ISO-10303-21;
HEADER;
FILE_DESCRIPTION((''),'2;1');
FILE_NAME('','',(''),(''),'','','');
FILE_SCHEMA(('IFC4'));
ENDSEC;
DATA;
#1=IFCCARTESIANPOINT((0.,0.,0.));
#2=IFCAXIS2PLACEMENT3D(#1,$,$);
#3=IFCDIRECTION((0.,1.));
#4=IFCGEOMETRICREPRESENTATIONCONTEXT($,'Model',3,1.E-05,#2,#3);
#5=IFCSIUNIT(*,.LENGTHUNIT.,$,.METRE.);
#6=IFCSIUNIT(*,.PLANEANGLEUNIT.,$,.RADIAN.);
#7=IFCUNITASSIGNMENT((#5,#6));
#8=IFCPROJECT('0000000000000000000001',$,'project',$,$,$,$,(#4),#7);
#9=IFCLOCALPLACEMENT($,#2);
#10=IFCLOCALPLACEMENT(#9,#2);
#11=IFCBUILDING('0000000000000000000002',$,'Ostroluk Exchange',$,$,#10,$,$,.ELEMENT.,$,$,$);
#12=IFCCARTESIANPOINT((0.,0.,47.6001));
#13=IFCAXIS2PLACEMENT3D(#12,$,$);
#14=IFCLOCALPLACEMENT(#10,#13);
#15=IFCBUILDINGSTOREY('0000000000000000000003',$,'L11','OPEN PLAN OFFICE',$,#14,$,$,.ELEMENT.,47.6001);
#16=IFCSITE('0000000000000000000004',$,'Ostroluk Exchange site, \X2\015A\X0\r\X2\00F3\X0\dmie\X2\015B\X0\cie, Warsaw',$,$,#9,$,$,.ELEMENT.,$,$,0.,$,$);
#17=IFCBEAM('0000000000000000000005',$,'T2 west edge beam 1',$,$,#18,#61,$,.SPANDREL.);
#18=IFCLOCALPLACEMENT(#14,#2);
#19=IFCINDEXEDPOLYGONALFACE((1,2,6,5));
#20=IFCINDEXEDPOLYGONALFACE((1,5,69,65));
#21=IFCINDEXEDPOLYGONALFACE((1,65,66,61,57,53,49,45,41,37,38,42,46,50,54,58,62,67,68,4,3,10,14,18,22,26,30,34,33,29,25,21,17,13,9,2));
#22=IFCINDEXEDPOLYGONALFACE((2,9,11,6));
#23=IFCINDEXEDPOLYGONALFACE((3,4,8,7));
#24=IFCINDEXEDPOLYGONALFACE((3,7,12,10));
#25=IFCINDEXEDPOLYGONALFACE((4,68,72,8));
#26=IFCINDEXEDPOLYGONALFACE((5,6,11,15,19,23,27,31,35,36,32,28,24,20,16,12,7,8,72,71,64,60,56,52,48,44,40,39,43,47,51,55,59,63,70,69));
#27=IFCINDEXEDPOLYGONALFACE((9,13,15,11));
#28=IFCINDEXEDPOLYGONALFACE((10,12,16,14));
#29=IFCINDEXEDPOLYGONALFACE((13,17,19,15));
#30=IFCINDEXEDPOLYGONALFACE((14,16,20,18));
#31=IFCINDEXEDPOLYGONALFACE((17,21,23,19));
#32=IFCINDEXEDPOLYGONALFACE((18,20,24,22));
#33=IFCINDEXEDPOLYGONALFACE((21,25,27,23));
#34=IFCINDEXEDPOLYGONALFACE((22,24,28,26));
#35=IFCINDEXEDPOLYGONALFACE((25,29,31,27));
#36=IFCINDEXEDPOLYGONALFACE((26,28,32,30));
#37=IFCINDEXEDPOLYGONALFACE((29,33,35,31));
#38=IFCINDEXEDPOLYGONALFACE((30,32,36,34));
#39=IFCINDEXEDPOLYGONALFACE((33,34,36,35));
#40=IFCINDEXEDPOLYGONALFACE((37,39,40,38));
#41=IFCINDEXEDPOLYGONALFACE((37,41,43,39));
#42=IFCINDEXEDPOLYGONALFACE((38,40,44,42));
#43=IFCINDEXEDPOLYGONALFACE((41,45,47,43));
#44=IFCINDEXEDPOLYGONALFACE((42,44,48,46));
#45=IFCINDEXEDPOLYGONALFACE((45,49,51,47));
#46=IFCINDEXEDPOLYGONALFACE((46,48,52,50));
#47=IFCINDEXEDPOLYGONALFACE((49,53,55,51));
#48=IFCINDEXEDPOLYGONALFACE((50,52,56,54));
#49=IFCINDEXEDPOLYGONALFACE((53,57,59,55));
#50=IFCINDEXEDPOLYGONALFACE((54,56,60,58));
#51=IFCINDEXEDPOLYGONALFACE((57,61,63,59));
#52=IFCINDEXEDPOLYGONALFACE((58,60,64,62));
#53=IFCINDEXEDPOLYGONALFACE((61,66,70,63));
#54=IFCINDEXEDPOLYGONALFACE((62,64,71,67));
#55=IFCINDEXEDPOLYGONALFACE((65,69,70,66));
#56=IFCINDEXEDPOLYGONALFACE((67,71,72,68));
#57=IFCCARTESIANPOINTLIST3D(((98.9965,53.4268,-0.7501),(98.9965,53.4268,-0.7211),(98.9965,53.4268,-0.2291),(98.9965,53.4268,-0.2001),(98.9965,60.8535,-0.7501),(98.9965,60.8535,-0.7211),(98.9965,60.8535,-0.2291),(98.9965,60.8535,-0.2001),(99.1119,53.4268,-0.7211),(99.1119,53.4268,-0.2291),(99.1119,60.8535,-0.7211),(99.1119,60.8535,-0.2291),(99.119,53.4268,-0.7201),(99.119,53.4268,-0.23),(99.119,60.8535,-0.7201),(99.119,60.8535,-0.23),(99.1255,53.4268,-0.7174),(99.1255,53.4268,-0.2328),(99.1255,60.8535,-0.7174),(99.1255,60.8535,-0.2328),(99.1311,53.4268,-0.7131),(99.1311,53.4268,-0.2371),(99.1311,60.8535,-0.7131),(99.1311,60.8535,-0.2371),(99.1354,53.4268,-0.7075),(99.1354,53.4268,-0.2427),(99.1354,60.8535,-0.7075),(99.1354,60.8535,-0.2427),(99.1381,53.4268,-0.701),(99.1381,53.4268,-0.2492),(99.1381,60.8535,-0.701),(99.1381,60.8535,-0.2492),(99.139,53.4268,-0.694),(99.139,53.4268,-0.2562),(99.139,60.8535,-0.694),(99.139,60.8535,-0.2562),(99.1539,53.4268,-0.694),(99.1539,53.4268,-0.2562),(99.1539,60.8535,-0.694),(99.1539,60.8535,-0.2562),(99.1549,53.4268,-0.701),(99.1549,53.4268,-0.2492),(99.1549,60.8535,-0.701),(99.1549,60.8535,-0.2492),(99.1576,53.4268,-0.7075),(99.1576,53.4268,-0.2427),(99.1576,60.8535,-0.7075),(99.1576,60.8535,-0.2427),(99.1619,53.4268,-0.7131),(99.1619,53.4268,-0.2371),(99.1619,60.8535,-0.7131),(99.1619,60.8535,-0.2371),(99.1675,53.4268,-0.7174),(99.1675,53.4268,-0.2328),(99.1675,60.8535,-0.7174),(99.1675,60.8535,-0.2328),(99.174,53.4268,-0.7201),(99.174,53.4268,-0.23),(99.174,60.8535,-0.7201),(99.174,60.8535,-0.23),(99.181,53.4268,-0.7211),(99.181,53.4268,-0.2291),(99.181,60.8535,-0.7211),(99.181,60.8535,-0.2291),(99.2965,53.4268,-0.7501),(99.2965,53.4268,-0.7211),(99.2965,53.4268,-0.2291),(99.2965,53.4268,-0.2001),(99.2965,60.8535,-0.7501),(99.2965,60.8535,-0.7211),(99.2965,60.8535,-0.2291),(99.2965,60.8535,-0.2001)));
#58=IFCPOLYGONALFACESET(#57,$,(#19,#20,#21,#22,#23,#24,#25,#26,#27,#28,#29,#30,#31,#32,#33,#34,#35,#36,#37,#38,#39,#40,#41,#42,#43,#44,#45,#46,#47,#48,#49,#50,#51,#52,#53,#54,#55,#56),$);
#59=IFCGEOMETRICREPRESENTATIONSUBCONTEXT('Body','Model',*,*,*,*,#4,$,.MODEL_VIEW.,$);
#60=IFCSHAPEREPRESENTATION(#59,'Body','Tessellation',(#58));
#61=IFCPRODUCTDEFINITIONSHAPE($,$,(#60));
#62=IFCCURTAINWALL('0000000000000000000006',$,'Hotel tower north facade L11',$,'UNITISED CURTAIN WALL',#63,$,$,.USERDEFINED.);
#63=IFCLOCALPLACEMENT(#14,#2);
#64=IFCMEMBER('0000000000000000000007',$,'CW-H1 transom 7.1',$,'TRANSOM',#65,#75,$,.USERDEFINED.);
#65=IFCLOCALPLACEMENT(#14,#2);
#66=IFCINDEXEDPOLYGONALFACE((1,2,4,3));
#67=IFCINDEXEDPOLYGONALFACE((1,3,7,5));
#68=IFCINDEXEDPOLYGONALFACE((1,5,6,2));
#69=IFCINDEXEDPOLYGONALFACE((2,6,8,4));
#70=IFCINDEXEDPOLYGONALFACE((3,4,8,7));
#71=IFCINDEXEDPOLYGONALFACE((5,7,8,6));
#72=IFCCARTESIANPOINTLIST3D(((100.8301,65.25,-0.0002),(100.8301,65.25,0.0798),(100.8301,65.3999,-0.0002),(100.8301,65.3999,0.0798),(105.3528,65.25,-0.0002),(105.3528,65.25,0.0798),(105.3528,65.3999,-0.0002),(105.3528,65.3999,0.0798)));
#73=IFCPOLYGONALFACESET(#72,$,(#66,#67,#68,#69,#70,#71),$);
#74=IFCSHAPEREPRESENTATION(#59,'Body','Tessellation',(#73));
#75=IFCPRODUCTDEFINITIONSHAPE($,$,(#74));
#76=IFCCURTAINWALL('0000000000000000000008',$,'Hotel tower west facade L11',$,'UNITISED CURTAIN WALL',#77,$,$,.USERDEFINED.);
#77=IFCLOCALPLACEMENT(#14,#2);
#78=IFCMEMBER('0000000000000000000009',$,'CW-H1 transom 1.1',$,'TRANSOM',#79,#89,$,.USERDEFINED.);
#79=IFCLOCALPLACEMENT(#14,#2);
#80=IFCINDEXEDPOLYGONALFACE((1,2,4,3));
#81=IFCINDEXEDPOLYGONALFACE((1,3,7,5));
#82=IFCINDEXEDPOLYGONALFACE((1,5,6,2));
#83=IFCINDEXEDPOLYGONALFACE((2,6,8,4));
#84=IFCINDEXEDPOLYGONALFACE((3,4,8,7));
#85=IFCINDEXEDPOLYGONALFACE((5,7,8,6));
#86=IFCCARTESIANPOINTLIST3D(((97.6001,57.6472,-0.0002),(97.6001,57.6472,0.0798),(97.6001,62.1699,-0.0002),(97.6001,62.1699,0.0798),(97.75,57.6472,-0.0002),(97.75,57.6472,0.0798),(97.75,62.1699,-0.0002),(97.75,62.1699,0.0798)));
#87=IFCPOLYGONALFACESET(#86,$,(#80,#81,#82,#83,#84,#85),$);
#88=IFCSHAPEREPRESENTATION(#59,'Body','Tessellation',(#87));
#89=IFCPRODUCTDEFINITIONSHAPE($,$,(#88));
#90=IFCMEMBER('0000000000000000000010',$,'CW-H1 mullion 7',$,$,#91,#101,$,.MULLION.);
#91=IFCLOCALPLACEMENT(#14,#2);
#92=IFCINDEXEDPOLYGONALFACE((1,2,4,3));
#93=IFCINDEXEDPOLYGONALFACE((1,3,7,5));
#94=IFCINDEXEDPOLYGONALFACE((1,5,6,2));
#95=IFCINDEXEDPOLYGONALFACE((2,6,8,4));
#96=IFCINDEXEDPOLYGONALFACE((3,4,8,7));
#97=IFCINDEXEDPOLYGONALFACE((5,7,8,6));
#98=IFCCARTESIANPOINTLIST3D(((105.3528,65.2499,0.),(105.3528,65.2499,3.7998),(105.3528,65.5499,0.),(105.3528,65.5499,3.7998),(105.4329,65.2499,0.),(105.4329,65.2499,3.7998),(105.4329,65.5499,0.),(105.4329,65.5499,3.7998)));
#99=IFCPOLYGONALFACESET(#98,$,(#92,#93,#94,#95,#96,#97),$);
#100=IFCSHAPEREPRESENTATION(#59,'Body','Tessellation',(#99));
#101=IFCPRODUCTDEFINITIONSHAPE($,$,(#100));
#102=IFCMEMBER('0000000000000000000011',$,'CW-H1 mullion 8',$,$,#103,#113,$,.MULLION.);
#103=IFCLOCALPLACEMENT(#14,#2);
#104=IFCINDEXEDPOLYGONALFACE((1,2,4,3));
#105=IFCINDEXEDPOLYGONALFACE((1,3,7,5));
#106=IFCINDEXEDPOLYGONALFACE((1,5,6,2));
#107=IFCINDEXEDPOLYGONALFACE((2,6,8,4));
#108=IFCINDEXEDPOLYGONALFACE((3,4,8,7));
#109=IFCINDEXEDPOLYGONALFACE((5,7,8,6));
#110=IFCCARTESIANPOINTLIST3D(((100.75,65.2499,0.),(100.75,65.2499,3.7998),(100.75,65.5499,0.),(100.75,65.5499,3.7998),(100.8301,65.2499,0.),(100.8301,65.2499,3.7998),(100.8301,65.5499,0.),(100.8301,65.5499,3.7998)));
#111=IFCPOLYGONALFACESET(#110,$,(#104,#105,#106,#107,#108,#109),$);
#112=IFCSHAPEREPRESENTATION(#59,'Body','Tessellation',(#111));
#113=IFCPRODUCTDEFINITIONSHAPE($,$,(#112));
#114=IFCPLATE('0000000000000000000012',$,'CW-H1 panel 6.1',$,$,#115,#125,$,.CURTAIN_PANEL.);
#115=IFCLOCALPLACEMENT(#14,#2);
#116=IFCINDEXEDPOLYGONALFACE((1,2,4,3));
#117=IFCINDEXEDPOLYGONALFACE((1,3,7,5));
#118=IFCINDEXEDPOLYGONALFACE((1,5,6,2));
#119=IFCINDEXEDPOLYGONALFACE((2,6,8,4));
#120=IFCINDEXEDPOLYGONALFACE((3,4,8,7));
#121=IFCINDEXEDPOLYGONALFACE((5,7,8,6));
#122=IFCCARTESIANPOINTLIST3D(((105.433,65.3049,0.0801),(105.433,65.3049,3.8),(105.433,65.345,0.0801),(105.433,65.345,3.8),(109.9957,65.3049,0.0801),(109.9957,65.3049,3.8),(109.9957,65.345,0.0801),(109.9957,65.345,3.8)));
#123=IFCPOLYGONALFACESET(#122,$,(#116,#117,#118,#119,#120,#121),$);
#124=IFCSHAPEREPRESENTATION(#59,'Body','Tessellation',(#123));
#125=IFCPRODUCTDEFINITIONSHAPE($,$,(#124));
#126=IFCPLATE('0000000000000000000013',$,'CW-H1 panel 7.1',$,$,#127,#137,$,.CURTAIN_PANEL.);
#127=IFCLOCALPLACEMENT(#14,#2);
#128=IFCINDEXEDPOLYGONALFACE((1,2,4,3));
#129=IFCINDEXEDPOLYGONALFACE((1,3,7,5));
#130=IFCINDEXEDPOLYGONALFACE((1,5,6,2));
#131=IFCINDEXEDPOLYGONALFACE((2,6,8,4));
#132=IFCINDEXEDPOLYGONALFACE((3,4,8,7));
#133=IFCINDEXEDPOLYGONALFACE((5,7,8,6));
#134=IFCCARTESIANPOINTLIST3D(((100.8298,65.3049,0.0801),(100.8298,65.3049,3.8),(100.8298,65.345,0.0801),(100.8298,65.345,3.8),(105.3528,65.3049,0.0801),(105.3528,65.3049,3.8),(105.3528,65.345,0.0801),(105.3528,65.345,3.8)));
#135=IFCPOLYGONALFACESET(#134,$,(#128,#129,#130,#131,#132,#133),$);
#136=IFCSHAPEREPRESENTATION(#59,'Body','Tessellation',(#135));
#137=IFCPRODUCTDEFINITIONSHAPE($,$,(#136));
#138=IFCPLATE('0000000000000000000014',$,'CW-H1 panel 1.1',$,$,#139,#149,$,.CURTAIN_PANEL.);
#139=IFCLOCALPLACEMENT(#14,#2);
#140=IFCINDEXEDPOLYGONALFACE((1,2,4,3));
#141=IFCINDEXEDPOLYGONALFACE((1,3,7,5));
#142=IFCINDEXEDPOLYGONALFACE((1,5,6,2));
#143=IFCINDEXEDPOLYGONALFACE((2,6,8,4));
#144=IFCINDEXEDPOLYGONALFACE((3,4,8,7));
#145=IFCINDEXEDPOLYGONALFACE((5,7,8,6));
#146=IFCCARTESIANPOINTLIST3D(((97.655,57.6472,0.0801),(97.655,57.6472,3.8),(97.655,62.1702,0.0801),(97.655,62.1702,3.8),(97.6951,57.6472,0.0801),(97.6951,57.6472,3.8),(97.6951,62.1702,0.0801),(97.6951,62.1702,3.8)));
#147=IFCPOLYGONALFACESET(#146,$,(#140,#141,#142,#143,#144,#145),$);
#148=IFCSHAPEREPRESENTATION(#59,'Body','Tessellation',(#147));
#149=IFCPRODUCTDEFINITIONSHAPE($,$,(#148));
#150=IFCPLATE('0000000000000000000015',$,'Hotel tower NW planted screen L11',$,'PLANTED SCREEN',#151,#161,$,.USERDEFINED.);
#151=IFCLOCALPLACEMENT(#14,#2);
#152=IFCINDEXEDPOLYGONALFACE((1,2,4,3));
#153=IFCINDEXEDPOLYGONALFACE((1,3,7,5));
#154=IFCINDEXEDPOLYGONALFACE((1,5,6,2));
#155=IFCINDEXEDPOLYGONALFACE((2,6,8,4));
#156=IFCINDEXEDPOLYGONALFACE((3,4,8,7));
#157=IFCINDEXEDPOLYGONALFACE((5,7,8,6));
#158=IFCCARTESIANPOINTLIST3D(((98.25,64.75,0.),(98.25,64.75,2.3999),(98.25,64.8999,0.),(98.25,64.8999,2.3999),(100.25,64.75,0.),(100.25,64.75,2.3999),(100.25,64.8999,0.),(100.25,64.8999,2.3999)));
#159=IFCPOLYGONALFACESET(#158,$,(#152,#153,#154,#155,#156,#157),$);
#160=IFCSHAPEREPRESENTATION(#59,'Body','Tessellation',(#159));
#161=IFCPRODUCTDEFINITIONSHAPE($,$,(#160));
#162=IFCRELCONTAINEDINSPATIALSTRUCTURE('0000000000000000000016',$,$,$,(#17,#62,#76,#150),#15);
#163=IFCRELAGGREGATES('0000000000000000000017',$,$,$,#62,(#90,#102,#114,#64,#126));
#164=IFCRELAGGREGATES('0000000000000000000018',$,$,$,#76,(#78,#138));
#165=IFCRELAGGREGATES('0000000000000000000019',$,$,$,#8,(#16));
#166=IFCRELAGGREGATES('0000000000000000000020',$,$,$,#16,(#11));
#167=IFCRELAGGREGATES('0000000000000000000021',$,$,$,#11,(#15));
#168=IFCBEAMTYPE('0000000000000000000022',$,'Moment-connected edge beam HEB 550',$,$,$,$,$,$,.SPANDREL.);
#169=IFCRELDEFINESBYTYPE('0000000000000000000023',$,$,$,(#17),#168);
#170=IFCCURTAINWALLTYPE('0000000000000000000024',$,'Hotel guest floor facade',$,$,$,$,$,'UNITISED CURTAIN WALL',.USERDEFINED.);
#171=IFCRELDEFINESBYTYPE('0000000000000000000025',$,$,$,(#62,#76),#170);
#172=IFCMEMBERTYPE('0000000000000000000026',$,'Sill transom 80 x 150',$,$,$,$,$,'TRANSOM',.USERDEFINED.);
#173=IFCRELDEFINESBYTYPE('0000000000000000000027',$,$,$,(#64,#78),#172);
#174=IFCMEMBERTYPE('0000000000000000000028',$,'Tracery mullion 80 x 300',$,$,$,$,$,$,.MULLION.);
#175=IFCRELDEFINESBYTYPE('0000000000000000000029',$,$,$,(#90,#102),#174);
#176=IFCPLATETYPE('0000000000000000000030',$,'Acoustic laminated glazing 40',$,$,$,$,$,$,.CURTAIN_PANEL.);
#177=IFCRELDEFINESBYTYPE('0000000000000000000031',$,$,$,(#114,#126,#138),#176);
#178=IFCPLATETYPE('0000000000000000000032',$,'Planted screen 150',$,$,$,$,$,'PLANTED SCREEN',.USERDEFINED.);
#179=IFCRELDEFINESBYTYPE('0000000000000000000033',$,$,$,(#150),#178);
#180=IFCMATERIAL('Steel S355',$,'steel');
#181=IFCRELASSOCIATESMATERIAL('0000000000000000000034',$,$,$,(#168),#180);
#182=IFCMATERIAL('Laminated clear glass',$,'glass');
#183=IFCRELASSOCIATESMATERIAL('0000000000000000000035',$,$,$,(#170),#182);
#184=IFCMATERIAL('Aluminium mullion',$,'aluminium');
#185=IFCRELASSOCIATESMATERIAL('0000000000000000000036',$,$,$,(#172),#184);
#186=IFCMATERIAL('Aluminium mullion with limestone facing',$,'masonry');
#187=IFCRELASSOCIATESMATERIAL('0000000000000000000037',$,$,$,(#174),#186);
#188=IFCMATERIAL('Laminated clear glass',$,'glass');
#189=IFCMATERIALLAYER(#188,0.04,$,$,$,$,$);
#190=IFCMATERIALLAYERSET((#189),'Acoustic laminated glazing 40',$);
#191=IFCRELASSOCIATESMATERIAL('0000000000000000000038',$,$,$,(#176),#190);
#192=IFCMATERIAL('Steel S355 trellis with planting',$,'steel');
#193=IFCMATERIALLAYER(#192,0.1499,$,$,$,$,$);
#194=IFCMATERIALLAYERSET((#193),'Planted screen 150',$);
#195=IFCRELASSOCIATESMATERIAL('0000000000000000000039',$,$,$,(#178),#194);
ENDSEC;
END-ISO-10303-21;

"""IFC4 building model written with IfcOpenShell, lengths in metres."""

from ifc_helpers import new_model, si_unit, direction, frame, origin, origin_2d, place, context, subcontext, project, spatial, rectangle, i_section, extrude, material, layer, layer_set, material_profile, profile_set, type_object, element, aggregate, save


model = new_model("IFC4")

# Units and contexts
model_context = context("Model", 3, precision=1e-05, world=origin(), true_north=direction((0.0, 1.0)))
body_context = subcontext(model_context, "Body", "Model", "MODEL_VIEW")
ifc_project = project(units=[si_unit("LENGTHUNIT", "METRE"), si_unit("PLANEANGLEUNIT", "RADIAN")], contexts=[model_context])

# Site, building, storey
site_placement = place(None, origin())
site = spatial("IfcSite", under=ifc_project, at=site_placement, Name="Ostroluk Exchange site, Śródmieście, Warsaw", CompositionType="ELEMENT", RefElevation=0.0)
building_placement = place(site_placement, origin())
building = spatial("IfcBuilding", under=site, at=building_placement, Name="Ostroluk Exchange", CompositionType="ELEMENT")
storey_placement = place(building_placement, frame((0.0, 0.0, 47.6001)))
storey = spatial("IfcBuildingStorey", under=building, at=storey_placement, Name="L11", Description="OPEN PLAN OFFICE", CompositionType="ELEMENT", Elevation=47.6001)

# Beam
ifc_material_1 = material(Name="Steel S355", Category="steel")
ifc_material_profile_1 = material_profile(ifc_material_1, i_section(OverallWidth=0.3, OverallDepth=0.55, WebThickness=0.0149, FlangeThickness=0.0291, FilletRadius=0.0271, at=origin_2d()), Name="HEB 550")
ifc_profile_set_1 = profile_set([ifc_material_profile_1], Name="Steel S355")
beam_type_1 = type_object("IfcBeamType", Name="Moment-connected edge beam HEB 550", PredefinedType="SPANDREL", material=ifc_profile_set_1)
for number, where, z_axis, x_axis, name in (
    (1, (99.1465, 60.8535, -0.4751), (0.0, -1.0, 0.0), (1.0, 0.0, 0.0), "T2 west edge beam 1"),
):
    element("IfcBeam", number, at=place(storey_placement, frame(where, z_axis=z_axis, x_axis=x_axis)), inside=storey, type_object=beam_type_1, Name=name, PredefinedType="SPANDREL", context=body_context, shape_type="SweptSolid", body=[
        extrude(i_section(OverallWidth=0.3, OverallDepth=0.55, WebThickness=0.0149, FlangeThickness=0.0291, FilletRadius=0.0271, at=origin_2d()), origin(), (0.0, 0.0, 1.0), 7.4268),
    ])

# Curtain walls, members
ifc_material_2 = material(Name="Laminated clear glass", Category="glass")
curtain_wall_type = type_object("IfcCurtainWallType", Name="Hotel guest floor facade", ElementType="UNITISED CURTAIN WALL", PredefinedType="USERDEFINED", material=ifc_material_2)
curtain_wall_1_placement = place(storey_placement, origin())
curtain_wall_1 = element("IfcCurtainWall", 2, at=curtain_wall_1_placement, inside=storey, type_object=curtain_wall_type, Name="Hotel tower north facade L11", ObjectType="UNITISED CURTAIN WALL", PredefinedType="USERDEFINED")
ifc_material_3 = material(Name="Aluminium mullion", Category="aluminium")
ifc_material_profile_2 = material_profile(ifc_material_3, rectangle(XDim=0.1499, YDim=0.0801, at=origin_2d()), Name="Sill transom 80 x 150")
ifc_profile_set_2 = profile_set([ifc_material_profile_2], Name="Aluminium mullion")
member_type_1 = type_object("IfcMemberType", Name="Sill transom 80 x 150", ElementType="TRANSOM", PredefinedType="USERDEFINED", material=ifc_profile_set_2)
member_1_placement = place(storey_placement, frame((105.3528, 65.325, 0.0398), z_axis=(-1.0, 0.0, 0.0), x_axis=(0.0, -1.0, 0.0)))
member_1 = element("IfcMember", 3, at=member_1_placement, type_object=member_type_1, Name="CW-H1 transom 7.1", ObjectType="TRANSOM", PredefinedType="USERDEFINED", context=body_context, shape_type="SweptSolid", body=[
    extrude(rectangle(XDim=0.1499, YDim=0.0801, at=origin_2d()), origin(), (0.0, 0.0, 1.0), 4.5227),
])
curtain_wall_2_placement = place(storey_placement, origin())
curtain_wall_2 = element("IfcCurtainWall", 4, at=curtain_wall_2_placement, inside=storey, type_object=curtain_wall_type, Name="Hotel tower west facade L11", ObjectType="UNITISED CURTAIN WALL", PredefinedType="USERDEFINED")
member_2_placement = place(storey_placement, frame((97.675, 62.1699, 0.0398), z_axis=(0.0, -1.0, 0.0), x_axis=(1.0, 0.0, 0.0)))
member_2 = element("IfcMember", 5, at=member_2_placement, type_object=member_type_1, Name="CW-H1 transom 1.1", ObjectType="TRANSOM", PredefinedType="USERDEFINED", context=body_context, shape_type="SweptSolid", body=[
    extrude(rectangle(XDim=0.1499, YDim=0.0801, at=origin_2d()), origin(), (0.0, 0.0, 1.0), 4.5227),
])

# Members
ifc_material_4 = material(Name="Aluminium mullion with limestone facing", Category="masonry")
ifc_material_profile_3 = material_profile(ifc_material_4, rectangle(XDim=0.3, YDim=0.0801, at=origin_2d()), Name="Tracery mullion 80 x 300")
ifc_profile_set_3 = profile_set([ifc_material_profile_3], Name="Aluminium mullion with limestone facing")
member_type_2 = type_object("IfcMemberType", Name="Tracery mullion 80 x 300", PredefinedType="MULLION", material=ifc_profile_set_3)
member_3_placement = place(storey_placement, frame((105.3928, 65.3999, 0.0), z_axis=(0.0, 0.0, 1.0), x_axis=(0.0, -1.0, 0.0)))
member_3 = element("IfcMember", 6, at=member_3_placement, type_object=member_type_2, Name="CW-H1 mullion 7", PredefinedType="MULLION", context=body_context, shape_type="SweptSolid", body=[
    extrude(rectangle(XDim=0.3, YDim=0.0801, at=origin_2d()), origin(), (0.0, 0.0, 1.0), 3.7998),
])
member_4_placement = place(storey_placement, frame((100.79, 65.3999, 0.0), z_axis=(0.0, 0.0, 1.0), x_axis=(0.0, -1.0, 0.0)))
member_4 = element("IfcMember", 7, at=member_4_placement, type_object=member_type_2, Name="CW-H1 mullion 8", PredefinedType="MULLION", context=body_context, shape_type="SweptSolid", body=[
    extrude(rectangle(XDim=0.3, YDim=0.0801, at=origin_2d()), origin(), (0.0, 0.0, 1.0), 3.7998),
])

# Plates
ifc_material_5 = material(Name="Laminated clear glass", Category="glass")
ifc_layer_1 = layer(ifc_material_5, 0.04)
ifc_layer_set_1 = layer_set([ifc_layer_1], Name="Acoustic laminated glazing 40")
plate_type_1 = type_object("IfcPlateType", Name="Acoustic laminated glazing 40", PredefinedType="CURTAIN_PANEL", material=ifc_layer_set_1)
plate_1_placement = place(storey_placement, frame((107.7144, 65.325, 0.0801), z_axis=(0.0, 0.0, 1.0), x_axis=(-1.0, 0.0, 0.0)))
plate_1 = element("IfcPlate", 8, at=plate_1_placement, type_object=plate_type_1, Name="CW-H1 panel 6.1", PredefinedType="CURTAIN_PANEL", context=body_context, shape_type="SweptSolid", body=[
    extrude(rectangle(XDim=4.5627, YDim=0.04, at=origin_2d()), origin(), (0.0, 0.0, 1.0), 3.72),
])
plate_2_placement = place(storey_placement, frame((103.0913, 65.325, 0.0801), z_axis=(0.0, 0.0, 1.0), x_axis=(-1.0, 0.0, 0.0)))
plate_2 = element("IfcPlate", 9, at=plate_2_placement, type_object=plate_type_1, Name="CW-H1 panel 7.1", PredefinedType="CURTAIN_PANEL", context=body_context, shape_type="SweptSolid", body=[
    extrude(rectangle(XDim=4.5229, YDim=0.04, at=origin_2d()), origin(), (0.0, 0.0, 1.0), 3.72),
])
aggregate(curtain_wall_1, [member_3, member_4, plate_1, member_1, plate_2])
plate_3_placement = place(storey_placement, frame((97.675, 59.9087, 0.0801), z_axis=(0.0, 0.0, 1.0), x_axis=(0.0, -1.0, 0.0)))
plate_3 = element("IfcPlate", 10, at=plate_3_placement, type_object=plate_type_1, Name="CW-H1 panel 1.1", PredefinedType="CURTAIN_PANEL", context=body_context, shape_type="SweptSolid", body=[
    extrude(rectangle(XDim=4.5229, YDim=0.04, at=origin_2d()), origin(), (0.0, 0.0, 1.0), 3.72),
])
aggregate(curtain_wall_2, [member_2, plate_3])
ifc_material_6 = material(Name="Steel S355 trellis with planting", Category="steel")
ifc_layer_2 = layer(ifc_material_6, 0.1499)
ifc_layer_set_2 = layer_set([ifc_layer_2], Name="Planted screen 150")
plate_type_2 = type_object("IfcPlateType", Name="Planted screen 150", ElementType="PLANTED SCREEN", PredefinedType="USERDEFINED", material=ifc_layer_set_2)
plate_4_placement = place(storey_placement, frame((99.25, 64.825, 0.0), z_axis=(0.0, 0.0, 1.0), x_axis=(1.0, 0.0, 0.0)))
element("IfcPlate", 11, at=plate_4_placement, inside=storey, type_object=plate_type_2, Name="Hotel tower NW planted screen L11", ObjectType="PLANTED SCREEN", PredefinedType="USERDEFINED", context=body_context, shape_type="SweptSolid", body=[
    extrude(rectangle(XDim=2.0, YDim=0.1499, at=origin_2d()), origin(), (0.0, 0.0, 1.0), 2.3999),
])

save(model, "model.ifc")
